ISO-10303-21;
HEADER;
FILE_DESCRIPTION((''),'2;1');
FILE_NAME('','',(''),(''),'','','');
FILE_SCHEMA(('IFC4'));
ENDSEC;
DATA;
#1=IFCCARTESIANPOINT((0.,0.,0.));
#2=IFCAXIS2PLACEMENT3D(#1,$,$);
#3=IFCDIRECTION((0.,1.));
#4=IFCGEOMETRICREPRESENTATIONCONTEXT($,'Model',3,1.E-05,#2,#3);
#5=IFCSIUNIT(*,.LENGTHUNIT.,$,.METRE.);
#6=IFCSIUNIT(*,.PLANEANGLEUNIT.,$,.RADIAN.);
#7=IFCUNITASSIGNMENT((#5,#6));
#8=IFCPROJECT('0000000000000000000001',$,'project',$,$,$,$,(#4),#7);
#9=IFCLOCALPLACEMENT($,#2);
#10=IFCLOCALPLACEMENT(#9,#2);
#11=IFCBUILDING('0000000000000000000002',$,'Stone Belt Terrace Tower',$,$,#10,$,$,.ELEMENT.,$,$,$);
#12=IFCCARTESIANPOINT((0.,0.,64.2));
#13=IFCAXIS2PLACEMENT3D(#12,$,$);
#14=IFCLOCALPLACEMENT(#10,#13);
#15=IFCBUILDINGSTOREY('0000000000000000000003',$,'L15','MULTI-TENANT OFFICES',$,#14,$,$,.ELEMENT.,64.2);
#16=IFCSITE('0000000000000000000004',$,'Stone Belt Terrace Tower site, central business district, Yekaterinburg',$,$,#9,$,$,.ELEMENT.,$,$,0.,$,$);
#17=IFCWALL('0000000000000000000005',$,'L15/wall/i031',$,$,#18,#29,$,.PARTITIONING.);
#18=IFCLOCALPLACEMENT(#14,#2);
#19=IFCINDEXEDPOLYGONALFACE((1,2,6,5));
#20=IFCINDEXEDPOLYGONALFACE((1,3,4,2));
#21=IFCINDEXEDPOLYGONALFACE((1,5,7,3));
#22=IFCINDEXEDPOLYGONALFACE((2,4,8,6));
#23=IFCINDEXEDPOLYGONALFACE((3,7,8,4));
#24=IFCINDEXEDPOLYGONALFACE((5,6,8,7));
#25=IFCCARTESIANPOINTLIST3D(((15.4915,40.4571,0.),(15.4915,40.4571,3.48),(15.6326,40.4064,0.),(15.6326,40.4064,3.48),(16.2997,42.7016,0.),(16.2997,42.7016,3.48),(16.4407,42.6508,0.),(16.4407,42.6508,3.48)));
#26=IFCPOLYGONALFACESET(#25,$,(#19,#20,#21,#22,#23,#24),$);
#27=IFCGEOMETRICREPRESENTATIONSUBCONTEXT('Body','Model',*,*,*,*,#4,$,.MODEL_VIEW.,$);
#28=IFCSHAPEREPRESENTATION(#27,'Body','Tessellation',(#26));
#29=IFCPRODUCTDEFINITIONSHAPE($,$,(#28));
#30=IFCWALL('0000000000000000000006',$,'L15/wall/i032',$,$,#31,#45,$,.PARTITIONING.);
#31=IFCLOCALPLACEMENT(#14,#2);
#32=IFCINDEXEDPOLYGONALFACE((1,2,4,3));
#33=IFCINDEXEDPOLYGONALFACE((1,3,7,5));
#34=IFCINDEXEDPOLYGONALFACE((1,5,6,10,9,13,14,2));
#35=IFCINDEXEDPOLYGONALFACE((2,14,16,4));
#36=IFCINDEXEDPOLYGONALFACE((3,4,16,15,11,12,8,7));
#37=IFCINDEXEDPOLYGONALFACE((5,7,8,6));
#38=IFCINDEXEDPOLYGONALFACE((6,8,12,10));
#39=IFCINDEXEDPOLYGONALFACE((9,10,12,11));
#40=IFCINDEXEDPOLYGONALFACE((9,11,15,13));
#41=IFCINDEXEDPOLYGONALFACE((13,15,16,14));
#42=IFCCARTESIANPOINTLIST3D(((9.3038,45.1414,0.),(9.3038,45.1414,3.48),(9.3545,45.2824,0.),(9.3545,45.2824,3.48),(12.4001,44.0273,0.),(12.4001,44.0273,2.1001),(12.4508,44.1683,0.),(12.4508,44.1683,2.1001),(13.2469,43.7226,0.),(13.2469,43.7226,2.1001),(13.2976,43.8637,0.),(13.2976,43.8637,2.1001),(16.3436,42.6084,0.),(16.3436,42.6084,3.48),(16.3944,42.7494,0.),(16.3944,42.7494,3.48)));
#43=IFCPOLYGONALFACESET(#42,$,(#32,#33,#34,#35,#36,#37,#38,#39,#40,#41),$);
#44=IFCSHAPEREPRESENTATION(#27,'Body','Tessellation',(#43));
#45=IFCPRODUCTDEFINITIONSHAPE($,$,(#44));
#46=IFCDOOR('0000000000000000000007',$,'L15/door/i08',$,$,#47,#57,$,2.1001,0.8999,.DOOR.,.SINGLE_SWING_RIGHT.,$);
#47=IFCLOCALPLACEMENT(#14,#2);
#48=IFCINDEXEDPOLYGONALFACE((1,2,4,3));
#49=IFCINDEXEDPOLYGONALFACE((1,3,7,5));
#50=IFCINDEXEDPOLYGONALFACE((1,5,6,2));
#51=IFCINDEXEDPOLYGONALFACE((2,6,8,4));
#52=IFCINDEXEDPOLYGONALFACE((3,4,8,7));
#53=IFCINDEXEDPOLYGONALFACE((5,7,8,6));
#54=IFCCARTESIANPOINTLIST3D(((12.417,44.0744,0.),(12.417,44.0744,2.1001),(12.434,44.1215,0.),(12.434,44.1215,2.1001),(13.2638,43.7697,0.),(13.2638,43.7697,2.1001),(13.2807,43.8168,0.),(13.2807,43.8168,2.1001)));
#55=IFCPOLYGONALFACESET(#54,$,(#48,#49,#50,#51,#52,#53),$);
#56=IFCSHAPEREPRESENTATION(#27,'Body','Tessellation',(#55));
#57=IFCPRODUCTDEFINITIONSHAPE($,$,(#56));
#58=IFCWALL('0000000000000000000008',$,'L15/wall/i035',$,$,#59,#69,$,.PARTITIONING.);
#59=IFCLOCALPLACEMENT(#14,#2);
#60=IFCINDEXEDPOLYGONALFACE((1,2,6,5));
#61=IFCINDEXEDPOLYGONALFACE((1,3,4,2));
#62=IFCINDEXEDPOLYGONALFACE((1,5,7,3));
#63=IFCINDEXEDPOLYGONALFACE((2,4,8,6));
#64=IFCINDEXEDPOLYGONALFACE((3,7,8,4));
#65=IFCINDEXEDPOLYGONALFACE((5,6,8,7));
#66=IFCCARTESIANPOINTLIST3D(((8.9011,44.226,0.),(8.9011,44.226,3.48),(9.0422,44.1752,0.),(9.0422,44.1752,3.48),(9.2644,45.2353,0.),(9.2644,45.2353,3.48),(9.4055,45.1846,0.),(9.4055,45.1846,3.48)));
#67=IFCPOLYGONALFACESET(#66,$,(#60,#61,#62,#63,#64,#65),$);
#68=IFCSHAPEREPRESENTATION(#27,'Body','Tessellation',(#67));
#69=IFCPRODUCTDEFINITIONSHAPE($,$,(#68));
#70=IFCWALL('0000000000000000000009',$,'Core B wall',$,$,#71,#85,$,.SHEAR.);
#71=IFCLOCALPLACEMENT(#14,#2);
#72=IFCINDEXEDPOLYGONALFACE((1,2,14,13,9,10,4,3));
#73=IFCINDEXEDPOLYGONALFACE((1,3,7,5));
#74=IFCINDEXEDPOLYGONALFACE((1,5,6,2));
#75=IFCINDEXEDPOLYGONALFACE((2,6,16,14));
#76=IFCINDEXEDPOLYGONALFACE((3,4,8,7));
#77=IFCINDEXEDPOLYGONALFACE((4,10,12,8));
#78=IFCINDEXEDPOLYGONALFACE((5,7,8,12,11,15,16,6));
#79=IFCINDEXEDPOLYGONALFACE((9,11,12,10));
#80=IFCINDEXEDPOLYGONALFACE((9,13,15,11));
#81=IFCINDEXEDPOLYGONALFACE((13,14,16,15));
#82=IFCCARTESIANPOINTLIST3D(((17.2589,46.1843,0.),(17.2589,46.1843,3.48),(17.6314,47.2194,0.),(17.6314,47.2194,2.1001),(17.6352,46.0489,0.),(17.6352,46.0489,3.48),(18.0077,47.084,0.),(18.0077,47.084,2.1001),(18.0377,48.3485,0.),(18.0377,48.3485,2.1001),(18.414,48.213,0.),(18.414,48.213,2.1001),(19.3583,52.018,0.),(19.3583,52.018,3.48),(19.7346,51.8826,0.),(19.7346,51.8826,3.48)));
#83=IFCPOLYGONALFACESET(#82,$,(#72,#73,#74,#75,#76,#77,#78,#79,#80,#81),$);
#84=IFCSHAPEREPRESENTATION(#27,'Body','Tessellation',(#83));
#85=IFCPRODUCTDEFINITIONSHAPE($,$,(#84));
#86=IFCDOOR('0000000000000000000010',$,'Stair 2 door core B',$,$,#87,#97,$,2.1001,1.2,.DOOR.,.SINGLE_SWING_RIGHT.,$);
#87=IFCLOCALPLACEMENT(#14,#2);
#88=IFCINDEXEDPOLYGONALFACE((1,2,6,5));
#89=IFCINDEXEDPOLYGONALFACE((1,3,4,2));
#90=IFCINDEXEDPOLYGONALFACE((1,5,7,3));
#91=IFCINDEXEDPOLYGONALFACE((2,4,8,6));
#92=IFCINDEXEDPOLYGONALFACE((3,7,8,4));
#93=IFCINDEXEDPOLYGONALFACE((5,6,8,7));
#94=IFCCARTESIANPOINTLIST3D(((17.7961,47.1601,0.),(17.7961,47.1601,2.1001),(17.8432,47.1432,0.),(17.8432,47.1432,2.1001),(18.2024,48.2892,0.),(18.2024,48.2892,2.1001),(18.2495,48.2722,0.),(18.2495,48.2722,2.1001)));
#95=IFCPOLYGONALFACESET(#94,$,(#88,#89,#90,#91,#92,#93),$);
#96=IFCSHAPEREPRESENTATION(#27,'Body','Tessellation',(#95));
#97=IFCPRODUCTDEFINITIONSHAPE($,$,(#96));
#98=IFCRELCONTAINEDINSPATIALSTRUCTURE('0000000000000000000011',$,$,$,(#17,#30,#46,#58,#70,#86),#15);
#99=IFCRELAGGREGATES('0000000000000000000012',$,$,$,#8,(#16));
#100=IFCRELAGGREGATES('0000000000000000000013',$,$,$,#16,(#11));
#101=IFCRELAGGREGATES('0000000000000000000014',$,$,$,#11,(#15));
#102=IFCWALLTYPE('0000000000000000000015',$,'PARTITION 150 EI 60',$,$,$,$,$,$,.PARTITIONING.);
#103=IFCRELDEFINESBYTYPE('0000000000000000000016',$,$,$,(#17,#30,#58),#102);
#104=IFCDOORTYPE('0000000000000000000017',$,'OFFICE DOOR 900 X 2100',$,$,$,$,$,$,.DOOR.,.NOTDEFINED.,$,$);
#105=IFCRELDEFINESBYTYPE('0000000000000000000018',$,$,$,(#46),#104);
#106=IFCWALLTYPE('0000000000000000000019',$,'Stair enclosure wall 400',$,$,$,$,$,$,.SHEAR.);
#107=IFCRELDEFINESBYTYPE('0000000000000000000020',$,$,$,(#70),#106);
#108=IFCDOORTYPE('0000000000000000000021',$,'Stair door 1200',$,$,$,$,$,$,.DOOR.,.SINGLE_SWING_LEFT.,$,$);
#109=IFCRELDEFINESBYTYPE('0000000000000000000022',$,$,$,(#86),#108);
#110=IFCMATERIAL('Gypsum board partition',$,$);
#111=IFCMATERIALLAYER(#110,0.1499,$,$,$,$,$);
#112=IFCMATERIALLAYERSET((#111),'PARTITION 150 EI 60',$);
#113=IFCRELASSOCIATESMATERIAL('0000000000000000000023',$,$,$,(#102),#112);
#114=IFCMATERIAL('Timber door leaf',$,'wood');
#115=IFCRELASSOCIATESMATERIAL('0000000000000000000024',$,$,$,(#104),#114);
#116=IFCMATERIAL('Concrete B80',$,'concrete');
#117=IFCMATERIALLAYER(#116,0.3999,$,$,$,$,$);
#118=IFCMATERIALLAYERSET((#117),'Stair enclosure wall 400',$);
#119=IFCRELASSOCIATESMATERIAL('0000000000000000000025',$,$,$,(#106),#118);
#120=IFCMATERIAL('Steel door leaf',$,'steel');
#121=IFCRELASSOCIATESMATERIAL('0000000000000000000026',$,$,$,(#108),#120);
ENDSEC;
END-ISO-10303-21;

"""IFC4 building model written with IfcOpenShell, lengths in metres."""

from ifc_helpers import new_model, si_unit, direction, frame, frame_2d, origin, place, context, subcontext, project, spatial, rectangle, extrude, material, layer, layer_set, type_object, element, fill, save


model = new_model("IFC4")

# Units and contexts
model_context = context("Model", 3, precision=1e-05, world=origin(), true_north=direction((0.0, 1.0)))
body_context = subcontext(model_context, "Body", "Model", "MODEL_VIEW")
ifc_project = project(units=[si_unit("LENGTHUNIT", "METRE"), si_unit("PLANEANGLEUNIT", "RADIAN")], contexts=[model_context])

# Site, building, storey
site_placement = place(None, origin())
site = spatial("IfcSite", under=ifc_project, at=site_placement, Name="Stone Belt Terrace Tower site, central business district, Yekaterinburg", CompositionType="ELEMENT", RefElevation=0.0)
building_placement = place(site_placement, origin())
building = spatial("IfcBuilding", under=site, at=building_placement, Name="Stone Belt Terrace Tower", CompositionType="ELEMENT")
storey_placement = place(building_placement, frame((0.0, 0.0, 64.2)))
storey = spatial("IfcBuildingStorey", under=building, at=storey_placement, Name="L15", Description="MULTI-TENANT OFFICES", CompositionType="ELEMENT", Elevation=64.2)

# Shared definitions
ifc_material_1 = material(Name="Concrete B80", Category="concrete")

# Shared definitions
ifc_material_2 = material(Name="Gypsum board partition")
ifc_layer_1 = layer(ifc_material_2, 0.1499)
ifc_layer_set_1 = layer_set([ifc_layer_1], Name="PARTITION 150 EI 60")
wall_type_1 = type_object("IfcWallType", Name="PARTITION 150 EI 60", PredefinedType="PARTITIONING", material=ifc_layer_set_1)

# Shared definitions
ifc_material_3 = material(Name="Timber door leaf", Category="wood")
door_type_1 = type_object("IfcDoorType", Name="OFFICE DOOR 900 X 2100", OperationType="NOTDEFINED", PredefinedType="DOOR", material=ifc_material_3)

# Wall
wall_1_placement = place(storey_placement, frame((15.562, 40.4316, 0.0), z_axis=(0.0, 0.0, 1.0), x_axis=(0.338767, 0.94087, 0.0)))
element("IfcWall", 1, at=wall_1_placement, inside=storey, type_object=wall_type_1, Name="L15/wall/i031", PredefinedType="PARTITIONING", context=body_context, shape_type="SweptSolid", body=[
    extrude(rectangle(XDim=2.3855, YDim=0.1499, at=frame_2d((1.1929, 0.0))), origin(), (0.0, 0.0, 1.0), 3.48),
])

# Wall, opening, door
wall_2_placement = place(storey_placement, frame((16.3689, 42.679, 0.0), z_axis=(0.0, 0.0, 1.0), x_axis=(-0.940946, 0.338558, 0.0)))
wall_2 = element("IfcWall", 2, at=wall_2_placement, inside=storey, type_object=wall_type_1, Name="L15/wall/i032", PredefinedType="PARTITIONING", context=body_context, shape_type="SweptSolid", body=[
    extrude(rectangle(XDim=7.4817, YDim=0.1499, at=frame_2d((3.7407, 0.0))), origin(), (0.0, 0.0, 1.0), 3.48),
])
opening_1_placement = place(wall_2_placement, frame((3.291, 0.0, 0.0)))
opening_1 = element("IfcOpeningElement", 3, at=opening_1_placement, cuts=wall_2, PredefinedType="OPENING", context=body_context, shape_type="SweptSolid", body=[
    extrude(rectangle(XDim=0.8999, YDim=2.1001, at=frame_2d((0.45, 1.05))), frame((0.0, 0.085, 0.0), z_axis=(0.0, -1.0, 0.0), x_axis=(1.0, 0.0, 0.0)), (0.0, 0.0, 1.0), 0.1699),
])
door_1_placement = place(opening_1_placement, origin())
door_1 = element("IfcDoor", 4, at=door_1_placement, inside=storey, type_object=door_type_1, Name="L15/door/i08", OperationType="SINGLE_SWING_RIGHT", OverallHeight=2.1001, OverallWidth=0.8999, PredefinedType="DOOR", context=body_context, shape_type="SweptSolid", body=[
    extrude(rectangle(XDim=0.8999, YDim=2.1001, at=frame_2d((0.45, 1.05))), frame((0.0, 0.0249, 0.0), z_axis=(0.0, -1.0, 0.0), x_axis=(1.0, 0.0, 0.0)), (0.0, 0.0, 1.0), 0.05),
])
fill(opening_1, door_1)

# Wall
wall_3_placement = place(storey_placement, frame((9.335, 45.21, 0.0), z_axis=(0.0, 0.0, 1.0), x_axis=(-0.338671, -0.940905, 0.0)))
element("IfcWall", 5, at=wall_3_placement, inside=storey, type_object=wall_type_1, Name="L15/wall/i035", PredefinedType="PARTITIONING", context=body_context, shape_type="SweptSolid", body=[
    extrude(rectangle(XDim=1.0728, YDim=0.1499, at=frame_2d((0.5364, 0.0))), origin(), (0.0, 0.0, 1.0), 3.48),
])

# Wall, opening, door
ifc_layer_2 = layer(ifc_material_1, 0.3999)
ifc_layer_set_2 = layer_set([ifc_layer_2], Name="Stair enclosure wall 400")
wall_type_2 = type_object("IfcWallType", Name="Stair enclosure wall 400", PredefinedType="SHEAR", material=ifc_layer_set_2)
wall_4_placement = place(storey_placement, frame((17.447, 46.1165, 0.0), z_axis=(0.0, 0.0, 1.0), x_axis=(0.338608, 0.940928, 0.0)))
wall_4 = element("IfcWall", 6, at=wall_4_placement, inside=storey, type_object=wall_type_2, Name="Core B wall", PredefinedType="SHEAR", context=body_context, shape_type="SweptSolid", body=[
    extrude(rectangle(XDim=6.2, YDim=0.3999, at=frame_2d((3.1001, 0.0))), origin(), (0.0, 0.0, 1.0), 3.48),
])
opening_2_placement = place(wall_4_placement, frame((1.1001, 0.0, 0.0)))
opening_2 = element("IfcOpeningElement", 7, at=opening_2_placement, cuts=wall_4, PredefinedType="OPENING", context=body_context, shape_type="SweptSolid", body=[
    extrude(rectangle(XDim=1.2, YDim=2.1001, at=frame_2d((0.6001, 1.05))), frame((0.0, 0.21, 0.0), z_axis=(0.0, -1.0, 0.0), x_axis=(1.0, 0.0, 0.0)), (0.0, 0.0, 1.0), 0.4199),
])
ifc_material_4 = material(Name="Steel door leaf", Category="steel")
door_type_2 = type_object("IfcDoorType", Name="Stair door 1200", OperationType="SINGLE_SWING_LEFT", PredefinedType="DOOR", material=ifc_material_4)
door_2_placement = place(opening_2_placement, origin())
door_2 = element("IfcDoor", 8, at=door_2_placement, inside=storey, type_object=door_type_2, Name="Stair 2 door core B", OperationType="SINGLE_SWING_RIGHT", OverallHeight=2.1001, OverallWidth=1.2, PredefinedType="DOOR", context=body_context, shape_type="SweptSolid", body=[
    extrude(rectangle(XDim=1.2, YDim=2.1001, at=frame_2d((0.6001, 1.05))), frame((0.0, 0.0249, 0.0), z_axis=(0.0, -1.0, 0.0), x_axis=(1.0, 0.0, 0.0)), (0.0, 0.0, 1.0), 0.05),
])
fill(opening_2, door_2)

save(model, "model.ifc")
